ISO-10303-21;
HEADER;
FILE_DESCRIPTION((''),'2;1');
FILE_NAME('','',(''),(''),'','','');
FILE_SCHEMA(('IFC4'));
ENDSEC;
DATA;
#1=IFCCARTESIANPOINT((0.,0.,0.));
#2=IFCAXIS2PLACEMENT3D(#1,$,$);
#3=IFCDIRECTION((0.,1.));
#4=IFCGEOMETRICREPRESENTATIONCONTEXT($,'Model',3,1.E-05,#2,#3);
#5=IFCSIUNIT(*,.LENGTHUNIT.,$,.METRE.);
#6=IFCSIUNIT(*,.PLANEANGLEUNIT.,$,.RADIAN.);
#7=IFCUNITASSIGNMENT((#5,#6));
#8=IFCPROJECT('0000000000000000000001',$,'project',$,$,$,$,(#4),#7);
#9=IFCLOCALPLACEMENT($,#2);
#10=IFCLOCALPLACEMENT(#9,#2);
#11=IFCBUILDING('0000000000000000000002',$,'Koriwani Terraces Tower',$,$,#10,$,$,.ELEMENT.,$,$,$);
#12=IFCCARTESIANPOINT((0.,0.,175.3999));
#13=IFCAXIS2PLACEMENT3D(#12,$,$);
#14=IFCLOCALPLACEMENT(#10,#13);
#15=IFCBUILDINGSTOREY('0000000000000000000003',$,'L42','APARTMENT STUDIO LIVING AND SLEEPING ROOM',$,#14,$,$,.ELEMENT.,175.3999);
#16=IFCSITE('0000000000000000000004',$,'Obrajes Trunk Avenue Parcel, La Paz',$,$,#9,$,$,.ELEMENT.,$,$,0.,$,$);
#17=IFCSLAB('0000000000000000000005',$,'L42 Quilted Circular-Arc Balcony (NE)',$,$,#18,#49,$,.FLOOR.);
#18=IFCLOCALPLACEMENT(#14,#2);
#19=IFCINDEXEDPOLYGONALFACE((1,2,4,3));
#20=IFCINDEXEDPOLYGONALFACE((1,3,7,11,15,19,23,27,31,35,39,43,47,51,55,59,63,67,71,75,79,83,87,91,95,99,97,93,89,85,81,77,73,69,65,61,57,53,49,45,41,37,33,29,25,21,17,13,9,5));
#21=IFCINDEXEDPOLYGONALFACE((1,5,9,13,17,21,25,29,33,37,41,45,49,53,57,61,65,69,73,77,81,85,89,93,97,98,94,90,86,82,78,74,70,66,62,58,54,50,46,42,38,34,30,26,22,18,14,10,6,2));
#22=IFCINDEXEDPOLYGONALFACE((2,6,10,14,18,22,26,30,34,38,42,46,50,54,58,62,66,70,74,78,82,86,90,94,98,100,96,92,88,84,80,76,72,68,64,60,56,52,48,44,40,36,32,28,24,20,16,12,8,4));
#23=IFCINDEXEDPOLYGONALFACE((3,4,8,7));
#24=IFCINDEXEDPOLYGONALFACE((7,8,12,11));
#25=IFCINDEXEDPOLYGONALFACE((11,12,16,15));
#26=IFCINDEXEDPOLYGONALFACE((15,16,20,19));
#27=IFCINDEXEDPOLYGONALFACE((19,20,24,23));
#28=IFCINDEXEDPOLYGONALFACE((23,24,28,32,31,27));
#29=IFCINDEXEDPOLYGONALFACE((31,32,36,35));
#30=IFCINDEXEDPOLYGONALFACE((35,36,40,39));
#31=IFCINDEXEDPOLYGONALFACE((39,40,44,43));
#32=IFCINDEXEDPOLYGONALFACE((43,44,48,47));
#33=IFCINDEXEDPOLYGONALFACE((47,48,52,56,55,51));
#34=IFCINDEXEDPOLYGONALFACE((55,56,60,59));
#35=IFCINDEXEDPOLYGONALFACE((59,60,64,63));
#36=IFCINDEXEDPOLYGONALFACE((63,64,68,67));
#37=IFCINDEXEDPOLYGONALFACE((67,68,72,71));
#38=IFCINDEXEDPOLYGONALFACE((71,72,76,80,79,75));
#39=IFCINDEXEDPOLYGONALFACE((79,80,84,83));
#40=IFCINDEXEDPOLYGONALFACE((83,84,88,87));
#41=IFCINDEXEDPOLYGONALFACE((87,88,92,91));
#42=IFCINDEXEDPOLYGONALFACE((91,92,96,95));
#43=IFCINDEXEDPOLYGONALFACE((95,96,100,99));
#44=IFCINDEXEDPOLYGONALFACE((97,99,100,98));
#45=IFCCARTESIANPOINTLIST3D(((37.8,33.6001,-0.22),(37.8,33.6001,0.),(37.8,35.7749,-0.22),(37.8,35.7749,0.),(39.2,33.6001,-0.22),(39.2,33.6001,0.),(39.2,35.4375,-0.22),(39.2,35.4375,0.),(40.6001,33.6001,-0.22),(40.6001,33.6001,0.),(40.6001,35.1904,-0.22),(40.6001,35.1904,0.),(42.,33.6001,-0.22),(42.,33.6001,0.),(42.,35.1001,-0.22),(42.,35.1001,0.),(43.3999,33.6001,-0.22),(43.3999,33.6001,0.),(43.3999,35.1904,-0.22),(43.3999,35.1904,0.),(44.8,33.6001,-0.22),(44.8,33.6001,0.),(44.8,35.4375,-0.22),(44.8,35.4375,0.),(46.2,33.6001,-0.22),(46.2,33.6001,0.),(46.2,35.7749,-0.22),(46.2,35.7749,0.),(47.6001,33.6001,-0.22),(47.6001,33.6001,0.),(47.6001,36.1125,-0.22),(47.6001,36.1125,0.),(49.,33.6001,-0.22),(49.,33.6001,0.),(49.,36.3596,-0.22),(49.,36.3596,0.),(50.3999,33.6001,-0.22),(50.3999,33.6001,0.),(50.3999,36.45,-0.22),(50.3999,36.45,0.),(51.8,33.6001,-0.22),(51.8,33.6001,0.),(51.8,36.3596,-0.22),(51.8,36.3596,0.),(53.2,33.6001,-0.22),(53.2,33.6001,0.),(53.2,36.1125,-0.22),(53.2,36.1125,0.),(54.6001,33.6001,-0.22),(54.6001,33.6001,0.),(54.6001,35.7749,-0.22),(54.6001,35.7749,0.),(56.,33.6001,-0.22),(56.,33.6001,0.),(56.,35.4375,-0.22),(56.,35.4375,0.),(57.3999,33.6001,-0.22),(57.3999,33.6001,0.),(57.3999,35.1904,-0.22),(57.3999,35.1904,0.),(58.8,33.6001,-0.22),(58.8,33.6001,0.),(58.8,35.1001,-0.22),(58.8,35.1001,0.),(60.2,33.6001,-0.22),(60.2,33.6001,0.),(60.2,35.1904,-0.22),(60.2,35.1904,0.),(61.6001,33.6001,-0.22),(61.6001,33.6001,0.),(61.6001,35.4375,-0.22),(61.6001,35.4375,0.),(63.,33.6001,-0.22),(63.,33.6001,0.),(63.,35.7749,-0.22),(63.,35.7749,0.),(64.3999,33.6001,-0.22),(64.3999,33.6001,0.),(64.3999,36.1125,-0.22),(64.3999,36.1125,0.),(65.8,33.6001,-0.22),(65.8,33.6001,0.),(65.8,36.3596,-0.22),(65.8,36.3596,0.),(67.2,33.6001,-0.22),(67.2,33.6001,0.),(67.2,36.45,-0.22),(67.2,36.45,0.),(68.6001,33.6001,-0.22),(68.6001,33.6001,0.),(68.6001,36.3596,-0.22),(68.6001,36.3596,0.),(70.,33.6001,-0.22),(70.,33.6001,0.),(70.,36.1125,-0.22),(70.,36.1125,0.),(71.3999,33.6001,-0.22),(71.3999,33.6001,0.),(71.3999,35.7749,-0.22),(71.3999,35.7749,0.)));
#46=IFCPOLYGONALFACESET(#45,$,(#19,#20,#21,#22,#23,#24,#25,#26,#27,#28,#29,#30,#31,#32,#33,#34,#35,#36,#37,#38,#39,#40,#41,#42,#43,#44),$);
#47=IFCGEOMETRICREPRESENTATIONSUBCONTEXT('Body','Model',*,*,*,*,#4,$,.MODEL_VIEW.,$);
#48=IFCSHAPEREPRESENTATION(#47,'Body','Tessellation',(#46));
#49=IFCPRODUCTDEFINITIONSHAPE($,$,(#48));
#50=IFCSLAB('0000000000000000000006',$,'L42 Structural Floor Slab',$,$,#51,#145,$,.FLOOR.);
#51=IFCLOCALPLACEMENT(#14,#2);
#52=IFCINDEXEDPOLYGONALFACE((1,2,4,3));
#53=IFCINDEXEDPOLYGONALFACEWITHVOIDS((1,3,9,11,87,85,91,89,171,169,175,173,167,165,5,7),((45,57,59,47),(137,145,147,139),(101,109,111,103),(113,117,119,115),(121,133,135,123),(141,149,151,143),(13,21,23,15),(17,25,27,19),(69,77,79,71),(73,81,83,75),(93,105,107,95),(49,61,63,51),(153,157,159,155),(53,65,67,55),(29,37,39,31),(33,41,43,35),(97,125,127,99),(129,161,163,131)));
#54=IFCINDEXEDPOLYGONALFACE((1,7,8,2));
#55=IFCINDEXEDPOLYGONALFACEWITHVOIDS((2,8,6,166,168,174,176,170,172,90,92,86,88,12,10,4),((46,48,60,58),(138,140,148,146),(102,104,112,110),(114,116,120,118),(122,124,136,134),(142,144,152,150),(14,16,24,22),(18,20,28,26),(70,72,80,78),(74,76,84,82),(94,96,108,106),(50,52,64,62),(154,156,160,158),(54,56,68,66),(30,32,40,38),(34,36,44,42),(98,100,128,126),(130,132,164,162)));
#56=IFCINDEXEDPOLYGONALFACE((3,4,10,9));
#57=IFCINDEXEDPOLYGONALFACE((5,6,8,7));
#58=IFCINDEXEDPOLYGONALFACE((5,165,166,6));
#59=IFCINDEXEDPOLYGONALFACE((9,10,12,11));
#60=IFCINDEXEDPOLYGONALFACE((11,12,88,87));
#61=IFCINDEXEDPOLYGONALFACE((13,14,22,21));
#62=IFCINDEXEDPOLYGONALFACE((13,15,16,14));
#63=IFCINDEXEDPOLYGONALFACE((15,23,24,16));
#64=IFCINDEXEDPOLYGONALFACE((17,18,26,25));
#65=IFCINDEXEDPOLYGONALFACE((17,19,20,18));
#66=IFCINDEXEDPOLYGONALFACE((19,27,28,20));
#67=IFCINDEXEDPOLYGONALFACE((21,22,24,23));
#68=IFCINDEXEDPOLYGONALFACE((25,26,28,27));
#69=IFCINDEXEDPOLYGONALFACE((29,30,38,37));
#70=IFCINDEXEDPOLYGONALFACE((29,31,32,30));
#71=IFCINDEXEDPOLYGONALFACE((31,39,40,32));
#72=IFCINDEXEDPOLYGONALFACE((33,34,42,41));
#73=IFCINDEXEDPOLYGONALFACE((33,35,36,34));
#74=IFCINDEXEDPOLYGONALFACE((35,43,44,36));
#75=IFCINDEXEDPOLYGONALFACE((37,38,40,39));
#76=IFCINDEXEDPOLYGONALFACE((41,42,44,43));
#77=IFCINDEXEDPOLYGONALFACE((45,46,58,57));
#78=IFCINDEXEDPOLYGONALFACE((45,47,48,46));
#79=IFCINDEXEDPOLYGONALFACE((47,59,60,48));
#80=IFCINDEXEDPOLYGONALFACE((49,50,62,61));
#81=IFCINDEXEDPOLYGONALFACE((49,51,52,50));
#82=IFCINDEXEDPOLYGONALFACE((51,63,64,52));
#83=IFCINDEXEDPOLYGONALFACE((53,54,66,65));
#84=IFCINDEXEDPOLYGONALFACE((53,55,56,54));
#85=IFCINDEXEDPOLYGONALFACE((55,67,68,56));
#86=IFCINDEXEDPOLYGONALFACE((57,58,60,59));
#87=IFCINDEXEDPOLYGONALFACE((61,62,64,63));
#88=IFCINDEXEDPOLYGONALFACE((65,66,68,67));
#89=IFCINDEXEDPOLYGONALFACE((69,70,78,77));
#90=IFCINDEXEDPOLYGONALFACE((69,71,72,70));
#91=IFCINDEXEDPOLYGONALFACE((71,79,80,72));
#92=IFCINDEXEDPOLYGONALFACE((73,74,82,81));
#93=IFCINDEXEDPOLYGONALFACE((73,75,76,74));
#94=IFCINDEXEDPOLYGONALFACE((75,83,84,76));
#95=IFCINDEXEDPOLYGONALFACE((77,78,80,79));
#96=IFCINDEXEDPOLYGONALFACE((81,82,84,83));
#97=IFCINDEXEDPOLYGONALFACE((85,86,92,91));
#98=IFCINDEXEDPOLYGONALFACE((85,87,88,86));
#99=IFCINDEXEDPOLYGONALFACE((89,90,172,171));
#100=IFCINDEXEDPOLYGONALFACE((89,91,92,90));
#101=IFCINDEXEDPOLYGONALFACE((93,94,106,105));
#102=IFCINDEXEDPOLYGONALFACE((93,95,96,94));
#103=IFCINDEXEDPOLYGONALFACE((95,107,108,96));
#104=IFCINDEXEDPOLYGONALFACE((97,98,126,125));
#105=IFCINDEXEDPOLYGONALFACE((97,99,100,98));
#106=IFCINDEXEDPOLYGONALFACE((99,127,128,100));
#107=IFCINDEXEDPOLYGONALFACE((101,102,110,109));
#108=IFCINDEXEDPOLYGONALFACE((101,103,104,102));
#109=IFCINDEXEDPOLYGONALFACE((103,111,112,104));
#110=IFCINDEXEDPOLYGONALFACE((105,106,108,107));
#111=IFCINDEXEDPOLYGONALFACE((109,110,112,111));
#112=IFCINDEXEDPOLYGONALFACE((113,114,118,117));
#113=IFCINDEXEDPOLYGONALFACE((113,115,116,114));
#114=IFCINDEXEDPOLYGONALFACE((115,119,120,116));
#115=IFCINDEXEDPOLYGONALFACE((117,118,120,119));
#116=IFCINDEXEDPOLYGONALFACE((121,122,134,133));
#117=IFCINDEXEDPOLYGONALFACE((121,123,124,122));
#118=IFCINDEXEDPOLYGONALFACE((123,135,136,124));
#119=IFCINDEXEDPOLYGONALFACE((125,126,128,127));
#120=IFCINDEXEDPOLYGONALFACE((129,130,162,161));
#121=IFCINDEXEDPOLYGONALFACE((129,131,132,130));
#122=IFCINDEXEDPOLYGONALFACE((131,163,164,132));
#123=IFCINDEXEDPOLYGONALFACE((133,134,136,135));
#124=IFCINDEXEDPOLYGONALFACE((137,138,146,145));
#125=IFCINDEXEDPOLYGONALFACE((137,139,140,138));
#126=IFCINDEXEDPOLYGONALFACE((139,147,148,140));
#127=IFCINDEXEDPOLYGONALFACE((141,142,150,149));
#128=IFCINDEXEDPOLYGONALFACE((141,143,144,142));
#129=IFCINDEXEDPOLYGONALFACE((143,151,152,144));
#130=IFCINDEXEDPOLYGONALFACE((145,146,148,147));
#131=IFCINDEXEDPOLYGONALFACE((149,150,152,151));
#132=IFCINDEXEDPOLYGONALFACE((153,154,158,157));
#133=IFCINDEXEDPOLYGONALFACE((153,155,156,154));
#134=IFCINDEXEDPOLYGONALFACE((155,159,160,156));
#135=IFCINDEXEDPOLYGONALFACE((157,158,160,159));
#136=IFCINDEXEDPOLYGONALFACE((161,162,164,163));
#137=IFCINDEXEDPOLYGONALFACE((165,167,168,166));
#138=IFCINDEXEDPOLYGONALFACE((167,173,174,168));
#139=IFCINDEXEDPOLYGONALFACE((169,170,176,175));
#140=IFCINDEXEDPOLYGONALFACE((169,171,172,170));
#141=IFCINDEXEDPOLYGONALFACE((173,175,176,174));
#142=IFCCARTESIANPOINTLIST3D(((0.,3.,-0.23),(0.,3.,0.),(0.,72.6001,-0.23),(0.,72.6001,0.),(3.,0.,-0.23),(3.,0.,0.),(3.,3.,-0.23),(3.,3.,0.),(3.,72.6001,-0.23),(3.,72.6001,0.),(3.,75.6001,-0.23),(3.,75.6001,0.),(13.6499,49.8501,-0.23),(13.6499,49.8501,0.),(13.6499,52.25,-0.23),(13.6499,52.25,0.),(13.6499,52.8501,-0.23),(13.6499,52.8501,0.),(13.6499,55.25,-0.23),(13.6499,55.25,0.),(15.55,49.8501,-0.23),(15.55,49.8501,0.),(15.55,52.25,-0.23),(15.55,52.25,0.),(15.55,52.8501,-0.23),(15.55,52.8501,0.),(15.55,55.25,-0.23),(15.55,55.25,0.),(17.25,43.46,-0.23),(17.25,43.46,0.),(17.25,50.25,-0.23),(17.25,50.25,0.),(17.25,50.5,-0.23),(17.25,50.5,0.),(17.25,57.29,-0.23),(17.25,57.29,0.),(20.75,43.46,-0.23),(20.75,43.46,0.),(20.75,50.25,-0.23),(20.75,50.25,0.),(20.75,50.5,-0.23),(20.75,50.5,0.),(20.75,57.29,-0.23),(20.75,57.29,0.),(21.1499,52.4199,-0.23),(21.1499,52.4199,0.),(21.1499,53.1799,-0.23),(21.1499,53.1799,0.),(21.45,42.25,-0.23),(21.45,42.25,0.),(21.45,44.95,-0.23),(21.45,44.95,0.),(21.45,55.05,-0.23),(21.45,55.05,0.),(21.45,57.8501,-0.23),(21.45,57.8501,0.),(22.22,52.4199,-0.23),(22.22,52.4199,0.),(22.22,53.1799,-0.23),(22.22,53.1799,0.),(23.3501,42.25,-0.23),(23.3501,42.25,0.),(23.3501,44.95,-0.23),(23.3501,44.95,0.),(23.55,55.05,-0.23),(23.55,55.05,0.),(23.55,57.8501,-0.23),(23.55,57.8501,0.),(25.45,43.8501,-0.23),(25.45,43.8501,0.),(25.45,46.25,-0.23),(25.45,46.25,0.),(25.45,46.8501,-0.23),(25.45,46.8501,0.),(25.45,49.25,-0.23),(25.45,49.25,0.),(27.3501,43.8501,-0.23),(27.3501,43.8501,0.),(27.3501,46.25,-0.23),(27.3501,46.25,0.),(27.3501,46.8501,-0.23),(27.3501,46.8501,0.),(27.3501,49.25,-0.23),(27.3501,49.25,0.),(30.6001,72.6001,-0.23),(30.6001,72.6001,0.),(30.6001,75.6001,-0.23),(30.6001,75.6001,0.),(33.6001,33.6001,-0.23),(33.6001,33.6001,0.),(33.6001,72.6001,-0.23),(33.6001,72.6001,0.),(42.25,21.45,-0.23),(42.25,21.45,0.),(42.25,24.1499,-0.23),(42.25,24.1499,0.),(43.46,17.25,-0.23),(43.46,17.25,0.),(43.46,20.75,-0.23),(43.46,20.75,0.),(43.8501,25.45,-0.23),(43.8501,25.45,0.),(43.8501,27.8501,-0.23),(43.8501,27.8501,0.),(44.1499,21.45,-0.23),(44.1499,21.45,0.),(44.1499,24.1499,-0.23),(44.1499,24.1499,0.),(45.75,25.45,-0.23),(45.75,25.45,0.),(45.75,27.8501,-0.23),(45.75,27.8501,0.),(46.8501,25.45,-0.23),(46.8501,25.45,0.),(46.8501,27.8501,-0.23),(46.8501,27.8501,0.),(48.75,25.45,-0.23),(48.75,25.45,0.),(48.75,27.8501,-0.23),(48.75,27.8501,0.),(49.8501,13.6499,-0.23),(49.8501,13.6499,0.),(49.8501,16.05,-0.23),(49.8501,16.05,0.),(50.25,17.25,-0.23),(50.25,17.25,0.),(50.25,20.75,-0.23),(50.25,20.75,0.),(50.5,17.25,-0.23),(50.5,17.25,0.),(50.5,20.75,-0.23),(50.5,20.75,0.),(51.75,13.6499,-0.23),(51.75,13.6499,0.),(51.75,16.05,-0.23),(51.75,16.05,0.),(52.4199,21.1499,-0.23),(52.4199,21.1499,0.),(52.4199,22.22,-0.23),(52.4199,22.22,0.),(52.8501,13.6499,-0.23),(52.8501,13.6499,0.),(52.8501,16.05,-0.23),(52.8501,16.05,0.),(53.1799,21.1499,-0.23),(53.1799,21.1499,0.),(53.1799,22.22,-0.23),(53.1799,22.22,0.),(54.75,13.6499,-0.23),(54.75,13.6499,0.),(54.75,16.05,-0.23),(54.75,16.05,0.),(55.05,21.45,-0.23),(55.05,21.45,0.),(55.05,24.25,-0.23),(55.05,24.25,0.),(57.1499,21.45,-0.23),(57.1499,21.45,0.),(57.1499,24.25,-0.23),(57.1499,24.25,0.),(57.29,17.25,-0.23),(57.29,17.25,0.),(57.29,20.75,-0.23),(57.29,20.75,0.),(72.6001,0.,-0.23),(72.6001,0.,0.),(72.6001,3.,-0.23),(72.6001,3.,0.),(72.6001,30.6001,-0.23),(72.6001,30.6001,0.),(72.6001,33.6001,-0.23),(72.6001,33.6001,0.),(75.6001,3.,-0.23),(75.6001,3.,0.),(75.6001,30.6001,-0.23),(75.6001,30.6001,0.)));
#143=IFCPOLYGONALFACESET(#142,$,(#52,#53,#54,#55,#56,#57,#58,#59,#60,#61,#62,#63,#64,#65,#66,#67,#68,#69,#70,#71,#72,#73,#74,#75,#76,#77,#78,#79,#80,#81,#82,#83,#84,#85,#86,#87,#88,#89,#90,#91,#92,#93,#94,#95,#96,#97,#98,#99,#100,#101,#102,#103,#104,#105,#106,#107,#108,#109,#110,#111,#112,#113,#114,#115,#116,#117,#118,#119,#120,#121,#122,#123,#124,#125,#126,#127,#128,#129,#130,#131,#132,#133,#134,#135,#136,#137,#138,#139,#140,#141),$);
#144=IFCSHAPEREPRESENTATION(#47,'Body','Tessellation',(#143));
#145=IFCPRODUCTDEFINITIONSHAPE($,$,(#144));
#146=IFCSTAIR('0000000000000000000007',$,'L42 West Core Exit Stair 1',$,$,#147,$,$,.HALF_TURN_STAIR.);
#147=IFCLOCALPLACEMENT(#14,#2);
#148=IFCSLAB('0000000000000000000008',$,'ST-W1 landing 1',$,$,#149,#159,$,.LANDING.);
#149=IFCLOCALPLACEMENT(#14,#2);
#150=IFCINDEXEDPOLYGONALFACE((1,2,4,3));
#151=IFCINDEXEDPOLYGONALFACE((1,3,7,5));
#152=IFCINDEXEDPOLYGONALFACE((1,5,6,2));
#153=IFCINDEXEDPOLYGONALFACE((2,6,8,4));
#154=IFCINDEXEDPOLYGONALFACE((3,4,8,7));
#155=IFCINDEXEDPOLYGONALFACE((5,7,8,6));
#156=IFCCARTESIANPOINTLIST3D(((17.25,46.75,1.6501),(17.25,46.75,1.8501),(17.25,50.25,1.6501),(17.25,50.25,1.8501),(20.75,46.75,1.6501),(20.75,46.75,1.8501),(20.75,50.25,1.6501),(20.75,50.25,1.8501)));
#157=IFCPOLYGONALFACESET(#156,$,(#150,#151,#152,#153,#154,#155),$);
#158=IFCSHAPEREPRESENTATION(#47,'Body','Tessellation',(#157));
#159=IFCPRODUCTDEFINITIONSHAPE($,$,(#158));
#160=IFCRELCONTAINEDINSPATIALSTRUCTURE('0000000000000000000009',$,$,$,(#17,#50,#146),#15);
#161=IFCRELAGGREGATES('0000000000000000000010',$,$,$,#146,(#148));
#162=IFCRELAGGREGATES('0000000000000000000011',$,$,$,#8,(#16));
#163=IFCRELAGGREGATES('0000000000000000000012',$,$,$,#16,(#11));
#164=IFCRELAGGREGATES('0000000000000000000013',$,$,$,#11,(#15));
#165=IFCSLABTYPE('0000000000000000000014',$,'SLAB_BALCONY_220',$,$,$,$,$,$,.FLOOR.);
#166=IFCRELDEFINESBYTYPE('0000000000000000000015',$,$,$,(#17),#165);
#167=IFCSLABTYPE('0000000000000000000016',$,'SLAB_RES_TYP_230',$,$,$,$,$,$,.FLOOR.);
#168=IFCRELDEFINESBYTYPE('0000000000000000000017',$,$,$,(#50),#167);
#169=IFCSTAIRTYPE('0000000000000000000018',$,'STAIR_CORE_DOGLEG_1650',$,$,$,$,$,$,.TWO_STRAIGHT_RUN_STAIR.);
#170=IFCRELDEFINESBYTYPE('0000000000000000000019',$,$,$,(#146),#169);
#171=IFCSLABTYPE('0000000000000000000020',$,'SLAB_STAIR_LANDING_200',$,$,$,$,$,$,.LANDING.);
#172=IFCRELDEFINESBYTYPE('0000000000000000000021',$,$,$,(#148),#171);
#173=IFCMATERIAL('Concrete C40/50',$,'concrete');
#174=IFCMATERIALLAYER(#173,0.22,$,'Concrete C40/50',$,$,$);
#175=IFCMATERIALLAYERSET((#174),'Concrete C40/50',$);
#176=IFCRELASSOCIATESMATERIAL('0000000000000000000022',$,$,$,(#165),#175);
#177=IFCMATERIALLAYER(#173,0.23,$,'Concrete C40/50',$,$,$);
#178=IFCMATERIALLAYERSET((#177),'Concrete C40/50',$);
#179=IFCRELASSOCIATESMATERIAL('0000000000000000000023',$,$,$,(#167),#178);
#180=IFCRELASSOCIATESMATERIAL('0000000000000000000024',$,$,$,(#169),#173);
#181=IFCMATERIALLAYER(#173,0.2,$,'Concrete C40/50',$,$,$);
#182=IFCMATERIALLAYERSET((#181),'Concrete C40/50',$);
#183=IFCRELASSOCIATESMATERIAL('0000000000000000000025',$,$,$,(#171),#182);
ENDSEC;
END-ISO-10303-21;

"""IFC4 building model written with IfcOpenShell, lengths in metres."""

from ifc_helpers import new_model, si_unit, direction, frame, origin, place, context, subcontext, project, spatial, polyline, outline, extrude, material, layer, layer_set, type_object, element, aggregate, save


model = new_model("IFC4")

# Units and contexts
model_context = context("Model", 3, precision=1e-05, world=origin(), true_north=direction((0.0, 1.0)))
body_context = subcontext(model_context, "Body", "Model", "MODEL_VIEW")
ifc_project = project(units=[si_unit("LENGTHUNIT", "METRE"), si_unit("PLANEANGLEUNIT", "RADIAN")], contexts=[model_context])

# Site, building, storey
site_placement = place(None, origin())
site = spatial("IfcSite", under=ifc_project, at=site_placement, Name="Obrajes Trunk Avenue Parcel, La Paz", CompositionType="ELEMENT", RefElevation=0.0)
building_placement = place(site_placement, origin())
building = spatial("IfcBuilding", under=site, at=building_placement, Name="Koriwani Terraces Tower", CompositionType="ELEMENT")
storey_placement = place(building_placement, frame((0.0, 0.0, 175.3999)))
storey = spatial("IfcBuildingStorey", under=building, at=storey_placement, Name="L42", Description="APARTMENT STUDIO LIVING AND SLEEPING ROOM", CompositionType="ELEMENT", Elevation=175.3999)

# Shared definitions
ifc_material_1 = material(Name="Concrete C40/50", Category="concrete")

# Slabs
ifc_layer_1 = layer(ifc_material_1, 0.22, Name="Concrete C40/50")
ifc_layer_set_1 = layer_set([ifc_layer_1], Name="Concrete C40/50")
slab_type_1 = type_object("IfcSlabType", Name="SLAB_BALCONY_220", PredefinedType="FLOOR", material=ifc_layer_set_1)
slab_1_placement = place(storey_placement, frame((0.0, 0.0, -0.22)))
element("IfcSlab", 1, at=slab_1_placement, inside=storey, type_object=slab_type_1, Name="L42 Quilted Circular-Arc Balcony (NE)", PredefinedType="FLOOR", context=body_context, shape_type="SweptSolid", body=[
    extrude(outline(polyline([(71.3999, 33.6001), (70.0, 33.6001), (68.6001, 33.6001), (67.2, 33.6001), (65.8, 33.6001), (64.3999, 33.6001), (63.0, 33.6001), (61.6001, 33.6001), (60.2, 33.6001), (58.8, 33.6001), (57.3999, 33.6001), (56.0, 33.6001), (54.6001, 33.6001), (53.2, 33.6001), (51.8, 33.6001), (50.3999, 33.6001), (49.0, 33.6001), (47.6001, 33.6001), (46.2, 33.6001), (44.8, 33.6001), (43.3999, 33.6001), (42.0, 33.6001), (40.6001, 33.6001), (39.2, 33.6001), (37.8, 33.6001), (37.8, 35.7749), (39.2, 35.4375), (40.6001, 35.1904), (42.0, 35.1001), (43.3999, 35.1904), (44.8, 35.4375), (46.2, 35.7749), (47.6001, 36.1125), (49.0, 36.3596), (50.3999, 36.45), (51.8, 36.3596), (53.2, 36.1125), (54.6001, 35.7749), (56.0, 35.4375), (57.3999, 35.1904), (58.8, 35.1001), (60.2, 35.1904), (61.6001, 35.4375), (63.0, 35.7749), (64.3999, 36.1125), (65.8, 36.3596), (67.2, 36.45), (68.6001, 36.3596), (70.0, 36.1125), (71.3999, 35.7749), (71.3999, 33.6001)])), origin(), (0.0, 0.0, 1.0), 0.22),
])
ifc_layer_2 = layer(ifc_material_1, 0.23, Name="Concrete C40/50")
ifc_layer_set_2 = layer_set([ifc_layer_2], Name="Concrete C40/50")
slab_type_2 = type_object("IfcSlabType", Name="SLAB_RES_TYP_230", PredefinedType="FLOOR", material=ifc_layer_set_2)
slab_2_placement = place(storey_placement, frame((0.0, 0.0, -0.23)))
element("IfcSlab", 2, at=slab_2_placement, inside=storey, type_object=slab_type_2, Name="L42 Structural Floor Slab", PredefinedType="FLOOR", context=body_context, shape_type="SweptSolid", body=[
    extrude(outline(polyline([(3.0, 0.0), (72.6001, 0.0), (72.6001, 3.0), (75.6001, 3.0), (75.6001, 30.6001), (72.6001, 30.6001), (72.6001, 33.6001), (33.6001, 33.6001), (33.6001, 72.6001), (30.6001, 72.6001), (30.6001, 75.6001), (3.0, 75.6001), (3.0, 72.6001), (0.0, 72.6001), (0.0, 3.0), (3.0, 3.0), (3.0, 0.0)]), holes=[polyline([(17.25, 43.46), (20.75, 43.46), (20.75, 50.25), (17.25, 50.25), (17.25, 43.46)]), polyline([(17.25, 50.5), (20.75, 50.5), (20.75, 57.29), (17.25, 57.29), (17.25, 50.5)]), polyline([(43.46, 17.25), (50.25, 17.25), (50.25, 20.75), (43.46, 20.75), (43.46, 17.25)]), polyline([(50.5, 17.25), (57.29, 17.25), (57.29, 20.75), (50.5, 20.75), (50.5, 17.25)]), polyline([(13.6499, 49.8501), (15.55, 49.8501), (15.55, 52.25), (13.6499, 52.25), (13.6499, 49.8501)]), polyline([(13.6499, 52.8501), (15.55, 52.8501), (15.55, 55.25), (13.6499, 55.25), (13.6499, 52.8501)]), polyline([(49.8501, 13.6499), (51.75, 13.6499), (51.75, 16.05), (49.8501, 16.05), (49.8501, 13.6499)]), polyline([(52.8501, 13.6499), (54.75, 13.6499), (54.75, 16.05), (52.8501, 16.05), (52.8501, 13.6499)]), polyline([(25.45, 43.8501), (27.3501, 43.8501), (27.3501, 46.25), (25.45, 46.25), (25.45, 43.8501)]), polyline([(25.45, 46.8501), (27.3501, 46.8501), (27.3501, 49.25), (25.45, 49.25), (25.45, 46.8501)]), polyline([(43.8501, 25.45), (45.75, 25.45), (45.75, 27.8501), (43.8501, 27.8501), (43.8501, 25.45)]), polyline([(46.8501, 25.45), (48.75, 25.45), (48.75, 27.8501), (46.8501, 27.8501), (46.8501, 25.45)]), polyline([(21.45, 55.05), (23.55, 55.05), (23.55, 57.8501), (21.45, 57.8501), (21.45, 55.05)]), polyline([(55.05, 21.45), (57.1499, 21.45), (57.1499, 24.25), (55.05, 24.25), (55.05, 21.45)]), polyline([(21.45, 42.25), (23.3501, 42.25), (23.3501, 44.95), (21.45, 44.95), (21.45, 42.25)]), polyline([(42.25, 21.45), (44.1499, 21.45), (44.1499, 24.1499), (42.25, 24.1499), (42.25, 21.45)]), polyline([(21.1499, 52.4199), (22.22, 52.4199), (22.22, 53.1799), (21.1499, 53.1799), (21.1499, 52.4199)]), polyline([(52.4199, 21.1499), (53.1799, 21.1499), (53.1799, 22.22), (52.4199, 22.22), (52.4199, 21.1499)])]), origin(), (0.0, 0.0, 1.0), 0.23),
])

# Stair, slab
stair_type = type_object("IfcStairType", Name="STAIR_CORE_DOGLEG_1650", PredefinedType="TWO_STRAIGHT_RUN_STAIR", material=ifc_material_1)
stair_1_placement = place(storey_placement, origin())
stair_1 = element("IfcStair", 3, at=stair_1_placement, inside=storey, type_object=stair_type, Name="L42 West Core Exit Stair 1", PredefinedType="HALF_TURN_STAIR")
ifc_layer_3 = layer(ifc_material_1, 0.2, Name="Concrete C40/50")
ifc_layer_set_3 = layer_set([ifc_layer_3], Name="Concrete C40/50")
slab_type_3 = type_object("IfcSlabType", Name="SLAB_STAIR_LANDING_200", PredefinedType="LANDING", material=ifc_layer_set_3)
slab_3_placement = place(storey_placement, frame((0.0, 0.0, 1.6501)))
slab_3 = element("IfcSlab", 4, at=slab_3_placement, type_object=slab_type_3, Name="ST-W1 landing 1", PredefinedType="LANDING", context=body_context, shape_type="SweptSolid", body=[
    extrude(outline(polyline([(20.75, 46.75), (20.75, 50.25), (17.25, 50.25), (17.25, 46.75), (20.75, 46.75)])), origin(), (0.0, 0.0, 1.0), 0.2),
])
aggregate(stair_1, [slab_3])

save(model, "model.ifc")
